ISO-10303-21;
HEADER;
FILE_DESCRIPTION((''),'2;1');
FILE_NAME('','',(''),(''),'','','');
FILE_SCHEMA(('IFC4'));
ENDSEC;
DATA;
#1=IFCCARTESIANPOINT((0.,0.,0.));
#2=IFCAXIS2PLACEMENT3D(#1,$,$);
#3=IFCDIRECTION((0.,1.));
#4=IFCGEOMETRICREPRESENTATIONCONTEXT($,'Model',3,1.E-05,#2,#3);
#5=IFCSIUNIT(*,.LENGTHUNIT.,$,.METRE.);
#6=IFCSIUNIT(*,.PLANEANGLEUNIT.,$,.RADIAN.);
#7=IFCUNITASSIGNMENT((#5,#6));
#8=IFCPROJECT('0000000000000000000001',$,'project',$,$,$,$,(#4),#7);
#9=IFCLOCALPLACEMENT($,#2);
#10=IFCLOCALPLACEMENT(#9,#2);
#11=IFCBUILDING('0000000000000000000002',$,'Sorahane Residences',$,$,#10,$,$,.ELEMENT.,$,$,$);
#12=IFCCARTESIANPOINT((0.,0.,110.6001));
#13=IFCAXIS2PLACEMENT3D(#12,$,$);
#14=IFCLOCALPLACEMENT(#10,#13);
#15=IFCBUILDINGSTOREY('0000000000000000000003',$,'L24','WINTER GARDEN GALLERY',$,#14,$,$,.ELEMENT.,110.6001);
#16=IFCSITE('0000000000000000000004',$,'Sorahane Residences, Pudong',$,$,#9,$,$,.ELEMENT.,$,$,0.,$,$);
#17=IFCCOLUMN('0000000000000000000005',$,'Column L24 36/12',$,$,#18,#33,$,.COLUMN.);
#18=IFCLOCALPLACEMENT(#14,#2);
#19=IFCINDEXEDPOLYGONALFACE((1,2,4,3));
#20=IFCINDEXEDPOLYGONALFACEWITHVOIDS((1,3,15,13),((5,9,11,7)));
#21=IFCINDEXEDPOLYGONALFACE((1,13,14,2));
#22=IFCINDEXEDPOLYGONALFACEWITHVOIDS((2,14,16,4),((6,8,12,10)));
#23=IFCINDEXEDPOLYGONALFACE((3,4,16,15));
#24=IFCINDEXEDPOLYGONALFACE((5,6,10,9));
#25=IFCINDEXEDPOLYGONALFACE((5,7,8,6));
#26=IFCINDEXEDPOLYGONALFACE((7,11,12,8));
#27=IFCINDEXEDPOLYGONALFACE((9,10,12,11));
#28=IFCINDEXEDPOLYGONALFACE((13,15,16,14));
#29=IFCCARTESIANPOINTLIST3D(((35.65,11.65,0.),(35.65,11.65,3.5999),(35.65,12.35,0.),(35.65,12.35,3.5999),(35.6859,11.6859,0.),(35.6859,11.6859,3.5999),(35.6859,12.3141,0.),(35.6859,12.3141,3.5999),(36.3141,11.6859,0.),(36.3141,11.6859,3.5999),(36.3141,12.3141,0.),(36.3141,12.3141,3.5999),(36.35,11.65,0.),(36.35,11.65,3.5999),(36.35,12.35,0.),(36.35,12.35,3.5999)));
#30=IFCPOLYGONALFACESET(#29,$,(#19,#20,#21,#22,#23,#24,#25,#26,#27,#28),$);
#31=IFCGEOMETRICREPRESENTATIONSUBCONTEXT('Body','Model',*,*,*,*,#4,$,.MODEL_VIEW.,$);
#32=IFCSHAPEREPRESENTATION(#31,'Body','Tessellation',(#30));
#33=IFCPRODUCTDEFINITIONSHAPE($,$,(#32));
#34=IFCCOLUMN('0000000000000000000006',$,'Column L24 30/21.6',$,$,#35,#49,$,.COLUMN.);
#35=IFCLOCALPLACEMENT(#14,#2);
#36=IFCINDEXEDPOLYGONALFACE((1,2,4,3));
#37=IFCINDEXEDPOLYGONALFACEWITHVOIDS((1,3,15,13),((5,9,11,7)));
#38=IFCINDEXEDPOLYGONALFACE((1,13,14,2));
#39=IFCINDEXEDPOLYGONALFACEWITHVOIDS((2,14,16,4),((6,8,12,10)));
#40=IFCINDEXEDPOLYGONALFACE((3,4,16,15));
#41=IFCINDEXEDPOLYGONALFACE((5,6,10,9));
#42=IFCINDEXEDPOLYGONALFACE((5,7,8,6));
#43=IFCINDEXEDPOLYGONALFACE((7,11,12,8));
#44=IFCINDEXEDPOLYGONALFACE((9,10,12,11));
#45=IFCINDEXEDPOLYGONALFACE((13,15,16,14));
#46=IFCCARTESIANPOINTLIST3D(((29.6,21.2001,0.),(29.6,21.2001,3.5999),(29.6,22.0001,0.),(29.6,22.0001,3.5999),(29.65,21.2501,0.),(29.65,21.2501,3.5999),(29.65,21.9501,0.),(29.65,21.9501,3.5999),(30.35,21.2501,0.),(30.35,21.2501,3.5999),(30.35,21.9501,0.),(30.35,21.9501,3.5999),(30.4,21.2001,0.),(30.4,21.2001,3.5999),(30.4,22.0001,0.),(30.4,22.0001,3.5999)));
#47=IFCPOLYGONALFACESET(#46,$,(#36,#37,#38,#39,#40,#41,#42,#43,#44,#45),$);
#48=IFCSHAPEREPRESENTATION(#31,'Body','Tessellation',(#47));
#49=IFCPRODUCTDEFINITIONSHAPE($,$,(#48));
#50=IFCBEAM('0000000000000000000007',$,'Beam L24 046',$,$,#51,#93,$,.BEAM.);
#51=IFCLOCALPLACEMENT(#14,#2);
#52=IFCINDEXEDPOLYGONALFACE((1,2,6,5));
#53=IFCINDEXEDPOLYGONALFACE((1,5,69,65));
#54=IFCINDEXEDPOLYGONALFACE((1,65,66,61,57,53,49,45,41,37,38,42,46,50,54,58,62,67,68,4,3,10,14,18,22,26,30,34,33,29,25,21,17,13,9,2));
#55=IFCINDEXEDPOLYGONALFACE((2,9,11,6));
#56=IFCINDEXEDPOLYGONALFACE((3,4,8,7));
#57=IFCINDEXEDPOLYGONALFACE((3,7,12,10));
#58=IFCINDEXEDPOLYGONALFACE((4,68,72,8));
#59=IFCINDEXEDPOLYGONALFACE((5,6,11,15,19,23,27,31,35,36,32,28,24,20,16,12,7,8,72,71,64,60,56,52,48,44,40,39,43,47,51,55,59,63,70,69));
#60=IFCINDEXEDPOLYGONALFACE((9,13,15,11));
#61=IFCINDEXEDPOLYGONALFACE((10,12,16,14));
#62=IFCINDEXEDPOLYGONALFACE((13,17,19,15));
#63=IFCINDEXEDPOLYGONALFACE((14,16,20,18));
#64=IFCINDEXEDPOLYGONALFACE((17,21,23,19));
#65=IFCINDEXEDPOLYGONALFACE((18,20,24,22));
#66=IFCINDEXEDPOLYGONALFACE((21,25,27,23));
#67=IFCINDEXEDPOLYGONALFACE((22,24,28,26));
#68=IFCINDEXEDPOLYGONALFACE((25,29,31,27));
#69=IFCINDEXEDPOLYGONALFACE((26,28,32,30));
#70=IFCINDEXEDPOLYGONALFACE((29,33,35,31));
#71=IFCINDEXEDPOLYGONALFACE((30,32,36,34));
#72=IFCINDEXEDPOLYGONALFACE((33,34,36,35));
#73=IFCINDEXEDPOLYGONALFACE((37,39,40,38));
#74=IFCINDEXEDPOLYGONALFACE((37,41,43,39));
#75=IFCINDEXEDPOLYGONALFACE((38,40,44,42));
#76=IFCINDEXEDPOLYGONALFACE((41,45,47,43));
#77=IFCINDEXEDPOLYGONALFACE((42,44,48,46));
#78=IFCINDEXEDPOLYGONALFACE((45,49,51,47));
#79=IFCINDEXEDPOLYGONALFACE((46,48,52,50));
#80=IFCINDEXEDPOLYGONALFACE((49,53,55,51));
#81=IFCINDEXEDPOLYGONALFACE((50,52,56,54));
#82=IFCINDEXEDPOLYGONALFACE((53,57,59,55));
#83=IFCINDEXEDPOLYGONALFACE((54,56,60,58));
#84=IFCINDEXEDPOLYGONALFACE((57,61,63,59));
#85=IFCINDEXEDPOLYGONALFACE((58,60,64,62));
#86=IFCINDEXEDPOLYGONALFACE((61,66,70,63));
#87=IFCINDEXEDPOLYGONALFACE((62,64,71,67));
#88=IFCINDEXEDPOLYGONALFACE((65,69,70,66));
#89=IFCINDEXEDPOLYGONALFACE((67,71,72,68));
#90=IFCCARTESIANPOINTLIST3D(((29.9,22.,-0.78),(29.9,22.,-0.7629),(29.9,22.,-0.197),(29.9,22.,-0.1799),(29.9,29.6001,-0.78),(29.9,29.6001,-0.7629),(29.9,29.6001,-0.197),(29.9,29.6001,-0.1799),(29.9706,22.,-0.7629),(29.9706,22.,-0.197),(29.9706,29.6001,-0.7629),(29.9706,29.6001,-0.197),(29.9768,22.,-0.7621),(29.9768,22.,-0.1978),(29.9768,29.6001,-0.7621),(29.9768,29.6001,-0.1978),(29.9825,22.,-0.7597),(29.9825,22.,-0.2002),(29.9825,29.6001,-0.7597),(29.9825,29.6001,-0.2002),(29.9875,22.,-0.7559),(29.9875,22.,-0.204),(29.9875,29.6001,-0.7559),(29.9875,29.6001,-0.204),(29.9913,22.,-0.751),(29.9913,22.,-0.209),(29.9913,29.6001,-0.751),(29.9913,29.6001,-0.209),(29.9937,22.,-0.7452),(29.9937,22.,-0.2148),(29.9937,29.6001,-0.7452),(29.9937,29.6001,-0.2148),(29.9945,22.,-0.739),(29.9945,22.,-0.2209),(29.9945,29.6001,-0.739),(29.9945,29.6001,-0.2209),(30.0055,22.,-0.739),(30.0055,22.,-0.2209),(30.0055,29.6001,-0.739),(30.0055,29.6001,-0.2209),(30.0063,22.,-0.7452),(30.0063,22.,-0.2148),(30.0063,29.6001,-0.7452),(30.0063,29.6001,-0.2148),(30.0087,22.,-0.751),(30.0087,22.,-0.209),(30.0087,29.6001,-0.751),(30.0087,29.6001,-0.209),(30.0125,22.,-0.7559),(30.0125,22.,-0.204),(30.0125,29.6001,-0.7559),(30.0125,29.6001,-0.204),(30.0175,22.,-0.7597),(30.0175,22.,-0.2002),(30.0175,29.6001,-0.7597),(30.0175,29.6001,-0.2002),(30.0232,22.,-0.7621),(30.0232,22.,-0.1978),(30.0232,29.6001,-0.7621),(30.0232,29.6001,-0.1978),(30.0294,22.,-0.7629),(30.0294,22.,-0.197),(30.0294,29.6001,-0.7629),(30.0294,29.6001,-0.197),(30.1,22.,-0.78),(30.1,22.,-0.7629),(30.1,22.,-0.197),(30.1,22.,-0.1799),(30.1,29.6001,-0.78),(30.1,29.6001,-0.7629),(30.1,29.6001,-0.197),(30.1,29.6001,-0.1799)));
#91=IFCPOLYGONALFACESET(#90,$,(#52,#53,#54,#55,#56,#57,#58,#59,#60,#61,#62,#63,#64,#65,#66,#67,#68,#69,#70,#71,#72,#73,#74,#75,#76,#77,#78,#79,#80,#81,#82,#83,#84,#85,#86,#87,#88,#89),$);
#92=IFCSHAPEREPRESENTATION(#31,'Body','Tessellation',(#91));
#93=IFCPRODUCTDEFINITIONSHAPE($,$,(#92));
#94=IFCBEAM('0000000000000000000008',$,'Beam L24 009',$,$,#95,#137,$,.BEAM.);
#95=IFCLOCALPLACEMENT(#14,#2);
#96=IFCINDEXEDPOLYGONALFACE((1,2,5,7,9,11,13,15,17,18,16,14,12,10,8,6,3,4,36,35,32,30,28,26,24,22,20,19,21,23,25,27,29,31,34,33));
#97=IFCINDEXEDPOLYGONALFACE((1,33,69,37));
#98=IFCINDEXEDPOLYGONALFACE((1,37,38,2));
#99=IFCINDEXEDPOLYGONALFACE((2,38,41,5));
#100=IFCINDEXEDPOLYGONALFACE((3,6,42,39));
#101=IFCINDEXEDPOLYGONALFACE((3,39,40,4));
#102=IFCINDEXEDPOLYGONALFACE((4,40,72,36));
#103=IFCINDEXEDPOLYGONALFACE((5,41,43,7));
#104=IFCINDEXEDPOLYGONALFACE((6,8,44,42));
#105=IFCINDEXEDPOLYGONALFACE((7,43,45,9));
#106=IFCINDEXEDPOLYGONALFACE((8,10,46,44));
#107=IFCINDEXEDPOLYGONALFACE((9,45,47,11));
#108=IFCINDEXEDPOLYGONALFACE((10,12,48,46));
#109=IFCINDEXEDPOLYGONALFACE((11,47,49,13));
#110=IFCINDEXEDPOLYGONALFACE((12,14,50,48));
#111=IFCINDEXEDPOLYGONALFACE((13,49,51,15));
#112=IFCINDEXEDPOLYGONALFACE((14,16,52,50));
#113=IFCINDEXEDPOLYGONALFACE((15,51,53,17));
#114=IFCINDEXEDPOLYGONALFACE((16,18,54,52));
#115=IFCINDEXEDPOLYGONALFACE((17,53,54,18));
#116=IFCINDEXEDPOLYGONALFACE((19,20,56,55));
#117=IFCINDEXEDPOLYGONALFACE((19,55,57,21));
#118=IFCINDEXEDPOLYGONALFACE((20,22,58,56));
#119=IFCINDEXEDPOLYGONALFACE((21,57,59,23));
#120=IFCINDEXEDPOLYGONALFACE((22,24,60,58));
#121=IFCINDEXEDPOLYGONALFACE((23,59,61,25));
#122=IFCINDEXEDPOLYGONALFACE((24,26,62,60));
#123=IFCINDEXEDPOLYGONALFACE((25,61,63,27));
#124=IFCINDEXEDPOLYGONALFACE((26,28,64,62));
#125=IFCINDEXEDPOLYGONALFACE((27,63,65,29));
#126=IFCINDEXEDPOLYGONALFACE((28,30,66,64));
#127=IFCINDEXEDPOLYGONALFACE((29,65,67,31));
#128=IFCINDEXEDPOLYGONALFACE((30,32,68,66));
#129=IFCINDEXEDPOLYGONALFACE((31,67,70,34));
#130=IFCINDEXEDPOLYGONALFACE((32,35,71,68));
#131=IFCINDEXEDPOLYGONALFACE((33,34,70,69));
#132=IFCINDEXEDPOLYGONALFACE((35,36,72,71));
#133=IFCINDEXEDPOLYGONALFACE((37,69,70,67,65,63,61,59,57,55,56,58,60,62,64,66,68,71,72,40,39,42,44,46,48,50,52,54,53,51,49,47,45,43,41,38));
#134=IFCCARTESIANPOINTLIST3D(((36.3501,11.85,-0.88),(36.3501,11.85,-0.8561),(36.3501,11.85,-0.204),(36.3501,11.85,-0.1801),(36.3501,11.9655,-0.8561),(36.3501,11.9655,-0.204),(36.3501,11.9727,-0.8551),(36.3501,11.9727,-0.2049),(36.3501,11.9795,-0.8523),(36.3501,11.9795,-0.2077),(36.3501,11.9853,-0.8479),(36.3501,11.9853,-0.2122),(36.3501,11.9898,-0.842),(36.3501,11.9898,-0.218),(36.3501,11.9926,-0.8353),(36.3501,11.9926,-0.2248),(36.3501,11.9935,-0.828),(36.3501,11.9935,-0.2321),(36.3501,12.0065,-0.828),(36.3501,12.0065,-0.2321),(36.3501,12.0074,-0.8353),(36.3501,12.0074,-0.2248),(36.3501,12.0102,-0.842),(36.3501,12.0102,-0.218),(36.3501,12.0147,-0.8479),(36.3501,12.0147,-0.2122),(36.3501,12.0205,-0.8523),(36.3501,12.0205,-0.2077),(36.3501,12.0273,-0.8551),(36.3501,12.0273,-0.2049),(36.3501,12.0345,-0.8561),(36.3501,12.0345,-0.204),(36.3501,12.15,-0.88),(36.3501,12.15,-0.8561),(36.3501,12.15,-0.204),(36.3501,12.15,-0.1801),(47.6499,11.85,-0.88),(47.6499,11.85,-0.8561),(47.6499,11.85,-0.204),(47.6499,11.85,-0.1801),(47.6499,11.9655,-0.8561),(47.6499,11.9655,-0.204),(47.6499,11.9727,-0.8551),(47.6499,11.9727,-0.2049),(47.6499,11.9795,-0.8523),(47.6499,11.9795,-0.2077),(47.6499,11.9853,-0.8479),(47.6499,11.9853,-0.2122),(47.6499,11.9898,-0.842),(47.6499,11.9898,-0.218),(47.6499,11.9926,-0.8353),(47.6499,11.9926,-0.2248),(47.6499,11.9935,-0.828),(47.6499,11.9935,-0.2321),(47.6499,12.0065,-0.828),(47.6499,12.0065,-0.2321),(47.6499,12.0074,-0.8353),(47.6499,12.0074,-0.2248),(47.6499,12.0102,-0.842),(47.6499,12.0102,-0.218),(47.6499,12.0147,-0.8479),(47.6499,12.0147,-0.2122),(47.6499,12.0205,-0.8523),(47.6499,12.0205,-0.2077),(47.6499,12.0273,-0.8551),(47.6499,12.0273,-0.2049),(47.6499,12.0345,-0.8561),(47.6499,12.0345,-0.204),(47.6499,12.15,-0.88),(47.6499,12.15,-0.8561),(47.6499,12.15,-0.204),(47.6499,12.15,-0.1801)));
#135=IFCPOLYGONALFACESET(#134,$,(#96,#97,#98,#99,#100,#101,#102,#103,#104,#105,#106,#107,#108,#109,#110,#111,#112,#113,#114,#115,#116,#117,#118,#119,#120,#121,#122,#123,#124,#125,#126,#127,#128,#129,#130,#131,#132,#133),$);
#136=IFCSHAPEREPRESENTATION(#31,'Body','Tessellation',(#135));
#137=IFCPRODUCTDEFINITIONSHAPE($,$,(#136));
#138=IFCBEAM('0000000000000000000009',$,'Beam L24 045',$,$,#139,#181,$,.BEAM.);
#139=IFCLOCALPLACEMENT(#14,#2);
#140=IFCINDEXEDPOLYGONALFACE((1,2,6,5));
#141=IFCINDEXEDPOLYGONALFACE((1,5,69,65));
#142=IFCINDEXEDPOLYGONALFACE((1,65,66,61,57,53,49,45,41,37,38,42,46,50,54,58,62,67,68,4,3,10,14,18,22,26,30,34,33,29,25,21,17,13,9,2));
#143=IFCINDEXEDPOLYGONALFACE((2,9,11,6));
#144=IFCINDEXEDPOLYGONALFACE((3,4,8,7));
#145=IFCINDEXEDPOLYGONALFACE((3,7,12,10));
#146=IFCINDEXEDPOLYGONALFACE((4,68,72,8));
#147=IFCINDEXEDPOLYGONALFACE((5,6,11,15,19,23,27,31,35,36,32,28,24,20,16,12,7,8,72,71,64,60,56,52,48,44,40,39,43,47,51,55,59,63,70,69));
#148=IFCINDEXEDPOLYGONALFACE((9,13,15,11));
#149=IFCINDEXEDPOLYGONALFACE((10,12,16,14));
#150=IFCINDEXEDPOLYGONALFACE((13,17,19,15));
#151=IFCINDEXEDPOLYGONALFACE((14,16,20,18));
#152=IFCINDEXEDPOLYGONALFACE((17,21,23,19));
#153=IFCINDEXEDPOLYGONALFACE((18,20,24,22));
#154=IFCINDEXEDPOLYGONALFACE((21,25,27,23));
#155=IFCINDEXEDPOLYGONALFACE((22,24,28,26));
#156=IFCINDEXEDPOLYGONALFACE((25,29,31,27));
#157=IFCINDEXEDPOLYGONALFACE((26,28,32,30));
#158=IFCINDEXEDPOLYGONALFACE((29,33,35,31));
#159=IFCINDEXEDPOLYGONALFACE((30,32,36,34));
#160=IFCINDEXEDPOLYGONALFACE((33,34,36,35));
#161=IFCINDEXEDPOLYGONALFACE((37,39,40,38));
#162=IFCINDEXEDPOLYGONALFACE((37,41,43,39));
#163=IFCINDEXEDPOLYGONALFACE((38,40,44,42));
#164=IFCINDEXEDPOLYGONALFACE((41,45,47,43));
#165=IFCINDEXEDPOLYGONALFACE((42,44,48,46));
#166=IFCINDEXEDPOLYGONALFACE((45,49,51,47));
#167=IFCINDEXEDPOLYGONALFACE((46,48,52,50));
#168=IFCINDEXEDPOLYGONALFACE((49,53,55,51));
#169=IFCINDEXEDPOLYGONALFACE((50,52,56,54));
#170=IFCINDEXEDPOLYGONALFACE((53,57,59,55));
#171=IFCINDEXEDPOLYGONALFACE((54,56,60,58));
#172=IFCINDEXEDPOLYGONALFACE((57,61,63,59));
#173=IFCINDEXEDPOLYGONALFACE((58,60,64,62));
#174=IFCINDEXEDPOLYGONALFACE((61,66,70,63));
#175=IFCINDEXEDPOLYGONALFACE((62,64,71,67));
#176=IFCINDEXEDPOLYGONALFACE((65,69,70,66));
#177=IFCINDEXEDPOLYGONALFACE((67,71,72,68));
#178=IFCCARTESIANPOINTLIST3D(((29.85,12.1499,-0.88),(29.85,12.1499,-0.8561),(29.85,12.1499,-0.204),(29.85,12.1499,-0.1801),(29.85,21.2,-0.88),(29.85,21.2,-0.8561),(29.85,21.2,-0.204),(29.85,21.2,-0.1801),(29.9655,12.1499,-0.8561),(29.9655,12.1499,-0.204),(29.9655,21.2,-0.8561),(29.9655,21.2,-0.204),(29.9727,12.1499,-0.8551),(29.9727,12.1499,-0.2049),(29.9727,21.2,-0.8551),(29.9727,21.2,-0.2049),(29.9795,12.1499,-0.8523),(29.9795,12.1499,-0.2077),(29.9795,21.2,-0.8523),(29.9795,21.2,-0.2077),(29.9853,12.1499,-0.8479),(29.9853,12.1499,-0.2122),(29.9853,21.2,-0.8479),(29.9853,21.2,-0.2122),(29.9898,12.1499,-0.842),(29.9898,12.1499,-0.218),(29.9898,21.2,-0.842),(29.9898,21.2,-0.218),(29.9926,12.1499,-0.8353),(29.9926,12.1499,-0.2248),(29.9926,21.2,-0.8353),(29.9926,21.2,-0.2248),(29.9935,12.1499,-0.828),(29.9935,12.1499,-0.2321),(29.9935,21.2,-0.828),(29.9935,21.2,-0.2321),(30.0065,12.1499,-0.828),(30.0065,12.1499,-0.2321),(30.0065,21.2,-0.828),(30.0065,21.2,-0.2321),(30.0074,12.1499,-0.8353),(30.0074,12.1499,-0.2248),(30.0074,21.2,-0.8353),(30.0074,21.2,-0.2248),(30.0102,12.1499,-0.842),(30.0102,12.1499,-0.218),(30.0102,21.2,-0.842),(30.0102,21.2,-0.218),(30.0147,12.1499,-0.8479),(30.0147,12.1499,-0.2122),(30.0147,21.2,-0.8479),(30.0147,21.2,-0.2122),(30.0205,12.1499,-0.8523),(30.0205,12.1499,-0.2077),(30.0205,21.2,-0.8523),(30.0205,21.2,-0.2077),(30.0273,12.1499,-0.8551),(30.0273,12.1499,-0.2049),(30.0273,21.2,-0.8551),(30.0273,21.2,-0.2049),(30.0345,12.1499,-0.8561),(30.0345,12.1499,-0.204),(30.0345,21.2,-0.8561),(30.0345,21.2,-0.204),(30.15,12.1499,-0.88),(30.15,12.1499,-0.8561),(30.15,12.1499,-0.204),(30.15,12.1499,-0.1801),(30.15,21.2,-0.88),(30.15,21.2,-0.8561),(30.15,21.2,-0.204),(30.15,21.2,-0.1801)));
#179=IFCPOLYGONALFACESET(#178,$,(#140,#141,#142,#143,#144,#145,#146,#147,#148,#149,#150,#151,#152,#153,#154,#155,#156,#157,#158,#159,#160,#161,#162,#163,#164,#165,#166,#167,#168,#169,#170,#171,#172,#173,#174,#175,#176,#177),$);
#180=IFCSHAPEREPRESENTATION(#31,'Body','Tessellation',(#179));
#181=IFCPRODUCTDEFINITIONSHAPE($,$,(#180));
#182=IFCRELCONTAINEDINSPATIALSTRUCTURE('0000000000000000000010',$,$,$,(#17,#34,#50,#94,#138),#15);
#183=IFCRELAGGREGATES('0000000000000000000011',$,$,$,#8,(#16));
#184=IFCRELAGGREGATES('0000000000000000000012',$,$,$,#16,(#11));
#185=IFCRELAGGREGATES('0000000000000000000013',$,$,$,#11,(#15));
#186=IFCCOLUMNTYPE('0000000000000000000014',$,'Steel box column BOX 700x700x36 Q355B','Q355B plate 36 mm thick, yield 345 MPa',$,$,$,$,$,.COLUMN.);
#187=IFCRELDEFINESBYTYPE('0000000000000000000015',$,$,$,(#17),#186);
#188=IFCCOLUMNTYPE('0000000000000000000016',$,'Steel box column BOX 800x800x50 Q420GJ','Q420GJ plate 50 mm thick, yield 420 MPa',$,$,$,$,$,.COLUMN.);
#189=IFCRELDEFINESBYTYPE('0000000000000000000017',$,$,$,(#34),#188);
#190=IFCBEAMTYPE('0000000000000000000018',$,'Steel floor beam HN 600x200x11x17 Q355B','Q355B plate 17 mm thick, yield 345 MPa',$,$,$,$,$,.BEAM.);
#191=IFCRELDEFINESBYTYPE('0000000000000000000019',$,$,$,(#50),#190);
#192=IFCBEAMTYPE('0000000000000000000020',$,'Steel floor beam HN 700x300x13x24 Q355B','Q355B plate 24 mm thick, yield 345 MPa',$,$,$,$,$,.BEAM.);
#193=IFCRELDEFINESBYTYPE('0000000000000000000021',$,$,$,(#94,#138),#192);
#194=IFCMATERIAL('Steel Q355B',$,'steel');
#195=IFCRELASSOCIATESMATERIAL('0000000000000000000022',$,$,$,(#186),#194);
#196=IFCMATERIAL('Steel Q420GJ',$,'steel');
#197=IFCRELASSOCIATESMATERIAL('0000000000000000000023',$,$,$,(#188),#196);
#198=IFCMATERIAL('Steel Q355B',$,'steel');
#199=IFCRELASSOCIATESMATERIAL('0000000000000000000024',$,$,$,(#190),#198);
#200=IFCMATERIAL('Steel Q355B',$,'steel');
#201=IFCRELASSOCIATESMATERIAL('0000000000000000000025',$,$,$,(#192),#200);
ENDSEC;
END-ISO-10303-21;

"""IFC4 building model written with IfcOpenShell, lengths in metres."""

from ifc_helpers import new_model, si_unit, direction, frame, origin, origin_2d, place, context, subcontext, project, spatial, hollow_rectangle, i_section, extrude, material, material_profile, profile_set, type_object, element, save


model = new_model("IFC4")

# Units and contexts
model_context = context("Model", 3, precision=1e-05, world=origin(), true_north=direction((0.0, 1.0)))
body_context = subcontext(model_context, "Body", "Model", "MODEL_VIEW")
ifc_project = project(units=[si_unit("LENGTHUNIT", "METRE"), si_unit("PLANEANGLEUNIT", "RADIAN")], contexts=[model_context])

# Site, building, storey
site_placement = place(None, origin())
site = spatial("IfcSite", under=ifc_project, at=site_placement, Name="Sorahane Residences, Pudong", CompositionType="ELEMENT", RefElevation=0.0)
building_placement = place(site_placement, origin())
building = spatial("IfcBuilding", under=site, at=building_placement, Name="Sorahane Residences", CompositionType="ELEMENT")
storey_placement = place(building_placement, frame((0.0, 0.0, 110.6001)))
storey = spatial("IfcBuildingStorey", under=building, at=storey_placement, Name="L24", Description="WINTER GARDEN GALLERY", CompositionType="ELEMENT", Elevation=110.6001)

# Columns
ifc_material_1 = material(Name="Steel Q355B", Category="steel")
ifc_material_profile_1 = material_profile(ifc_material_1, hollow_rectangle(XDim=0.7, YDim=0.7, WallThickness=0.0359, at=origin_2d()), Name="BOX 700x700x36")
ifc_profile_set_1 = profile_set([ifc_material_profile_1], Name="Steel Q355B")
column_type_1 = type_object("IfcColumnType", Name="Steel box column BOX 700x700x36 Q355B", Description="Q355B plate 36 mm thick, yield 345 MPa", PredefinedType="COLUMN", material=ifc_profile_set_1)
column_1_placement = place(storey_placement, frame((36.0, 12.0, 0.0), z_axis=(0.0, 0.0, 1.0), x_axis=(1.0, 0.0, 0.0)))
element("IfcColumn", 1, at=column_1_placement, inside=storey, type_object=column_type_1, Name="Column L24 36/12", PredefinedType="COLUMN", context=body_context, shape_type="SweptSolid", body=[
    extrude(hollow_rectangle(XDim=0.7, YDim=0.7, WallThickness=0.0359, at=origin_2d()), origin(), (0.0, 0.0, 1.0), 3.5999),
])
ifc_material_2 = material(Name="Steel Q420GJ", Category="steel")
ifc_material_profile_2 = material_profile(ifc_material_2, hollow_rectangle(XDim=0.8, YDim=0.8, WallThickness=0.05, at=origin_2d()), Name="BOX 800x800x50")
ifc_profile_set_2 = profile_set([ifc_material_profile_2], Name="Steel Q420GJ")
column_type_2 = type_object("IfcColumnType", Name="Steel box column BOX 800x800x50 Q420GJ", Description="Q420GJ plate 50 mm thick, yield 420 MPa", PredefinedType="COLUMN", material=ifc_profile_set_2)
column_2_placement = place(storey_placement, frame((30.0, 21.6001, 0.0), z_axis=(0.0, 0.0, 1.0), x_axis=(1.0, 0.0, 0.0)))
element("IfcColumn", 2, at=column_2_placement, inside=storey, type_object=column_type_2, Name="Column L24 30/21.6", PredefinedType="COLUMN", context=body_context, shape_type="SweptSolid", body=[
    extrude(hollow_rectangle(XDim=0.8, YDim=0.8, WallThickness=0.05, at=origin_2d()), origin(), (0.0, 0.0, 1.0), 3.5999),
])

# Beams
ifc_material_3 = material(Name="Steel Q355B", Category="steel")
ifc_material_profile_3 = material_profile(ifc_material_3, i_section(OverallWidth=0.2, OverallDepth=0.6001, WebThickness=0.011, FlangeThickness=0.0171, FilletRadius=0.0239, at=origin_2d()), Name="HN 600x200x11x17")
ifc_profile_set_3 = profile_set([ifc_material_profile_3], Name="Steel Q355B")
beam_type_1 = type_object("IfcBeamType", Name="Steel floor beam HN 600x200x11x17 Q355B", Description="Q355B plate 17 mm thick, yield 345 MPa", PredefinedType="BEAM", material=ifc_profile_set_3)
beam_1_placement = place(storey_placement, frame((30.0, 22.0, -0.48), z_axis=(0.0, 1.0, 0.0), x_axis=(-1.0, 0.0, 0.0)))
element("IfcBeam", 3, at=beam_1_placement, inside=storey, type_object=beam_type_1, Name="Beam L24 046", PredefinedType="BEAM", context=body_context, shape_type="SweptSolid", body=[
    extrude(i_section(OverallWidth=0.2, OverallDepth=0.6001, WebThickness=0.011, FlangeThickness=0.0171, FilletRadius=0.0239, at=origin_2d()), origin(), (0.0, 0.0, 1.0), 7.6001),
])
ifc_material_4 = material(Name="Steel Q355B", Category="steel")
ifc_material_profile_4 = material_profile(ifc_material_4, i_section(OverallWidth=0.3, OverallDepth=0.7, WebThickness=0.0129, FlangeThickness=0.0239, FilletRadius=0.0281, at=origin_2d()), Name="HN 700x300x13x24")
ifc_profile_set_4 = profile_set([ifc_material_profile_4], Name="Steel Q355B")
beam_type_2 = type_object("IfcBeamType", Name="Steel floor beam HN 700x300x13x24 Q355B", Description="Q355B plate 24 mm thick, yield 345 MPa", PredefinedType="BEAM", material=ifc_profile_set_4)
beam_2_placement = place(storey_placement, frame((36.3501, 12.0, -0.53), z_axis=(1.0, 0.0, 0.0), x_axis=(0.0, 1.0, 0.0)))
element("IfcBeam", 4, at=beam_2_placement, inside=storey, type_object=beam_type_2, Name="Beam L24 009", PredefinedType="BEAM", context=body_context, shape_type="SweptSolid", body=[
    extrude(i_section(OverallWidth=0.3, OverallDepth=0.7, WebThickness=0.0129, FlangeThickness=0.0239, FilletRadius=0.0281, at=origin_2d()), origin(), (0.0, 0.0, 1.0), 11.2998),
])
beam_3_placement = place(storey_placement, frame((30.0, 12.1499, -0.53), z_axis=(0.0, 1.0, 0.0), x_axis=(-1.0, 0.0, 0.0)))
element("IfcBeam", 5, at=beam_3_placement, inside=storey, type_object=beam_type_2, Name="Beam L24 045", PredefinedType="BEAM", context=body_context, shape_type="SweptSolid", body=[
    extrude(i_section(OverallWidth=0.3, OverallDepth=0.7, WebThickness=0.0129, FlangeThickness=0.0239, FilletRadius=0.0281, at=origin_2d()), origin(), (0.0, 0.0, 1.0), 9.05),
])

save(model, "model.ifc")
